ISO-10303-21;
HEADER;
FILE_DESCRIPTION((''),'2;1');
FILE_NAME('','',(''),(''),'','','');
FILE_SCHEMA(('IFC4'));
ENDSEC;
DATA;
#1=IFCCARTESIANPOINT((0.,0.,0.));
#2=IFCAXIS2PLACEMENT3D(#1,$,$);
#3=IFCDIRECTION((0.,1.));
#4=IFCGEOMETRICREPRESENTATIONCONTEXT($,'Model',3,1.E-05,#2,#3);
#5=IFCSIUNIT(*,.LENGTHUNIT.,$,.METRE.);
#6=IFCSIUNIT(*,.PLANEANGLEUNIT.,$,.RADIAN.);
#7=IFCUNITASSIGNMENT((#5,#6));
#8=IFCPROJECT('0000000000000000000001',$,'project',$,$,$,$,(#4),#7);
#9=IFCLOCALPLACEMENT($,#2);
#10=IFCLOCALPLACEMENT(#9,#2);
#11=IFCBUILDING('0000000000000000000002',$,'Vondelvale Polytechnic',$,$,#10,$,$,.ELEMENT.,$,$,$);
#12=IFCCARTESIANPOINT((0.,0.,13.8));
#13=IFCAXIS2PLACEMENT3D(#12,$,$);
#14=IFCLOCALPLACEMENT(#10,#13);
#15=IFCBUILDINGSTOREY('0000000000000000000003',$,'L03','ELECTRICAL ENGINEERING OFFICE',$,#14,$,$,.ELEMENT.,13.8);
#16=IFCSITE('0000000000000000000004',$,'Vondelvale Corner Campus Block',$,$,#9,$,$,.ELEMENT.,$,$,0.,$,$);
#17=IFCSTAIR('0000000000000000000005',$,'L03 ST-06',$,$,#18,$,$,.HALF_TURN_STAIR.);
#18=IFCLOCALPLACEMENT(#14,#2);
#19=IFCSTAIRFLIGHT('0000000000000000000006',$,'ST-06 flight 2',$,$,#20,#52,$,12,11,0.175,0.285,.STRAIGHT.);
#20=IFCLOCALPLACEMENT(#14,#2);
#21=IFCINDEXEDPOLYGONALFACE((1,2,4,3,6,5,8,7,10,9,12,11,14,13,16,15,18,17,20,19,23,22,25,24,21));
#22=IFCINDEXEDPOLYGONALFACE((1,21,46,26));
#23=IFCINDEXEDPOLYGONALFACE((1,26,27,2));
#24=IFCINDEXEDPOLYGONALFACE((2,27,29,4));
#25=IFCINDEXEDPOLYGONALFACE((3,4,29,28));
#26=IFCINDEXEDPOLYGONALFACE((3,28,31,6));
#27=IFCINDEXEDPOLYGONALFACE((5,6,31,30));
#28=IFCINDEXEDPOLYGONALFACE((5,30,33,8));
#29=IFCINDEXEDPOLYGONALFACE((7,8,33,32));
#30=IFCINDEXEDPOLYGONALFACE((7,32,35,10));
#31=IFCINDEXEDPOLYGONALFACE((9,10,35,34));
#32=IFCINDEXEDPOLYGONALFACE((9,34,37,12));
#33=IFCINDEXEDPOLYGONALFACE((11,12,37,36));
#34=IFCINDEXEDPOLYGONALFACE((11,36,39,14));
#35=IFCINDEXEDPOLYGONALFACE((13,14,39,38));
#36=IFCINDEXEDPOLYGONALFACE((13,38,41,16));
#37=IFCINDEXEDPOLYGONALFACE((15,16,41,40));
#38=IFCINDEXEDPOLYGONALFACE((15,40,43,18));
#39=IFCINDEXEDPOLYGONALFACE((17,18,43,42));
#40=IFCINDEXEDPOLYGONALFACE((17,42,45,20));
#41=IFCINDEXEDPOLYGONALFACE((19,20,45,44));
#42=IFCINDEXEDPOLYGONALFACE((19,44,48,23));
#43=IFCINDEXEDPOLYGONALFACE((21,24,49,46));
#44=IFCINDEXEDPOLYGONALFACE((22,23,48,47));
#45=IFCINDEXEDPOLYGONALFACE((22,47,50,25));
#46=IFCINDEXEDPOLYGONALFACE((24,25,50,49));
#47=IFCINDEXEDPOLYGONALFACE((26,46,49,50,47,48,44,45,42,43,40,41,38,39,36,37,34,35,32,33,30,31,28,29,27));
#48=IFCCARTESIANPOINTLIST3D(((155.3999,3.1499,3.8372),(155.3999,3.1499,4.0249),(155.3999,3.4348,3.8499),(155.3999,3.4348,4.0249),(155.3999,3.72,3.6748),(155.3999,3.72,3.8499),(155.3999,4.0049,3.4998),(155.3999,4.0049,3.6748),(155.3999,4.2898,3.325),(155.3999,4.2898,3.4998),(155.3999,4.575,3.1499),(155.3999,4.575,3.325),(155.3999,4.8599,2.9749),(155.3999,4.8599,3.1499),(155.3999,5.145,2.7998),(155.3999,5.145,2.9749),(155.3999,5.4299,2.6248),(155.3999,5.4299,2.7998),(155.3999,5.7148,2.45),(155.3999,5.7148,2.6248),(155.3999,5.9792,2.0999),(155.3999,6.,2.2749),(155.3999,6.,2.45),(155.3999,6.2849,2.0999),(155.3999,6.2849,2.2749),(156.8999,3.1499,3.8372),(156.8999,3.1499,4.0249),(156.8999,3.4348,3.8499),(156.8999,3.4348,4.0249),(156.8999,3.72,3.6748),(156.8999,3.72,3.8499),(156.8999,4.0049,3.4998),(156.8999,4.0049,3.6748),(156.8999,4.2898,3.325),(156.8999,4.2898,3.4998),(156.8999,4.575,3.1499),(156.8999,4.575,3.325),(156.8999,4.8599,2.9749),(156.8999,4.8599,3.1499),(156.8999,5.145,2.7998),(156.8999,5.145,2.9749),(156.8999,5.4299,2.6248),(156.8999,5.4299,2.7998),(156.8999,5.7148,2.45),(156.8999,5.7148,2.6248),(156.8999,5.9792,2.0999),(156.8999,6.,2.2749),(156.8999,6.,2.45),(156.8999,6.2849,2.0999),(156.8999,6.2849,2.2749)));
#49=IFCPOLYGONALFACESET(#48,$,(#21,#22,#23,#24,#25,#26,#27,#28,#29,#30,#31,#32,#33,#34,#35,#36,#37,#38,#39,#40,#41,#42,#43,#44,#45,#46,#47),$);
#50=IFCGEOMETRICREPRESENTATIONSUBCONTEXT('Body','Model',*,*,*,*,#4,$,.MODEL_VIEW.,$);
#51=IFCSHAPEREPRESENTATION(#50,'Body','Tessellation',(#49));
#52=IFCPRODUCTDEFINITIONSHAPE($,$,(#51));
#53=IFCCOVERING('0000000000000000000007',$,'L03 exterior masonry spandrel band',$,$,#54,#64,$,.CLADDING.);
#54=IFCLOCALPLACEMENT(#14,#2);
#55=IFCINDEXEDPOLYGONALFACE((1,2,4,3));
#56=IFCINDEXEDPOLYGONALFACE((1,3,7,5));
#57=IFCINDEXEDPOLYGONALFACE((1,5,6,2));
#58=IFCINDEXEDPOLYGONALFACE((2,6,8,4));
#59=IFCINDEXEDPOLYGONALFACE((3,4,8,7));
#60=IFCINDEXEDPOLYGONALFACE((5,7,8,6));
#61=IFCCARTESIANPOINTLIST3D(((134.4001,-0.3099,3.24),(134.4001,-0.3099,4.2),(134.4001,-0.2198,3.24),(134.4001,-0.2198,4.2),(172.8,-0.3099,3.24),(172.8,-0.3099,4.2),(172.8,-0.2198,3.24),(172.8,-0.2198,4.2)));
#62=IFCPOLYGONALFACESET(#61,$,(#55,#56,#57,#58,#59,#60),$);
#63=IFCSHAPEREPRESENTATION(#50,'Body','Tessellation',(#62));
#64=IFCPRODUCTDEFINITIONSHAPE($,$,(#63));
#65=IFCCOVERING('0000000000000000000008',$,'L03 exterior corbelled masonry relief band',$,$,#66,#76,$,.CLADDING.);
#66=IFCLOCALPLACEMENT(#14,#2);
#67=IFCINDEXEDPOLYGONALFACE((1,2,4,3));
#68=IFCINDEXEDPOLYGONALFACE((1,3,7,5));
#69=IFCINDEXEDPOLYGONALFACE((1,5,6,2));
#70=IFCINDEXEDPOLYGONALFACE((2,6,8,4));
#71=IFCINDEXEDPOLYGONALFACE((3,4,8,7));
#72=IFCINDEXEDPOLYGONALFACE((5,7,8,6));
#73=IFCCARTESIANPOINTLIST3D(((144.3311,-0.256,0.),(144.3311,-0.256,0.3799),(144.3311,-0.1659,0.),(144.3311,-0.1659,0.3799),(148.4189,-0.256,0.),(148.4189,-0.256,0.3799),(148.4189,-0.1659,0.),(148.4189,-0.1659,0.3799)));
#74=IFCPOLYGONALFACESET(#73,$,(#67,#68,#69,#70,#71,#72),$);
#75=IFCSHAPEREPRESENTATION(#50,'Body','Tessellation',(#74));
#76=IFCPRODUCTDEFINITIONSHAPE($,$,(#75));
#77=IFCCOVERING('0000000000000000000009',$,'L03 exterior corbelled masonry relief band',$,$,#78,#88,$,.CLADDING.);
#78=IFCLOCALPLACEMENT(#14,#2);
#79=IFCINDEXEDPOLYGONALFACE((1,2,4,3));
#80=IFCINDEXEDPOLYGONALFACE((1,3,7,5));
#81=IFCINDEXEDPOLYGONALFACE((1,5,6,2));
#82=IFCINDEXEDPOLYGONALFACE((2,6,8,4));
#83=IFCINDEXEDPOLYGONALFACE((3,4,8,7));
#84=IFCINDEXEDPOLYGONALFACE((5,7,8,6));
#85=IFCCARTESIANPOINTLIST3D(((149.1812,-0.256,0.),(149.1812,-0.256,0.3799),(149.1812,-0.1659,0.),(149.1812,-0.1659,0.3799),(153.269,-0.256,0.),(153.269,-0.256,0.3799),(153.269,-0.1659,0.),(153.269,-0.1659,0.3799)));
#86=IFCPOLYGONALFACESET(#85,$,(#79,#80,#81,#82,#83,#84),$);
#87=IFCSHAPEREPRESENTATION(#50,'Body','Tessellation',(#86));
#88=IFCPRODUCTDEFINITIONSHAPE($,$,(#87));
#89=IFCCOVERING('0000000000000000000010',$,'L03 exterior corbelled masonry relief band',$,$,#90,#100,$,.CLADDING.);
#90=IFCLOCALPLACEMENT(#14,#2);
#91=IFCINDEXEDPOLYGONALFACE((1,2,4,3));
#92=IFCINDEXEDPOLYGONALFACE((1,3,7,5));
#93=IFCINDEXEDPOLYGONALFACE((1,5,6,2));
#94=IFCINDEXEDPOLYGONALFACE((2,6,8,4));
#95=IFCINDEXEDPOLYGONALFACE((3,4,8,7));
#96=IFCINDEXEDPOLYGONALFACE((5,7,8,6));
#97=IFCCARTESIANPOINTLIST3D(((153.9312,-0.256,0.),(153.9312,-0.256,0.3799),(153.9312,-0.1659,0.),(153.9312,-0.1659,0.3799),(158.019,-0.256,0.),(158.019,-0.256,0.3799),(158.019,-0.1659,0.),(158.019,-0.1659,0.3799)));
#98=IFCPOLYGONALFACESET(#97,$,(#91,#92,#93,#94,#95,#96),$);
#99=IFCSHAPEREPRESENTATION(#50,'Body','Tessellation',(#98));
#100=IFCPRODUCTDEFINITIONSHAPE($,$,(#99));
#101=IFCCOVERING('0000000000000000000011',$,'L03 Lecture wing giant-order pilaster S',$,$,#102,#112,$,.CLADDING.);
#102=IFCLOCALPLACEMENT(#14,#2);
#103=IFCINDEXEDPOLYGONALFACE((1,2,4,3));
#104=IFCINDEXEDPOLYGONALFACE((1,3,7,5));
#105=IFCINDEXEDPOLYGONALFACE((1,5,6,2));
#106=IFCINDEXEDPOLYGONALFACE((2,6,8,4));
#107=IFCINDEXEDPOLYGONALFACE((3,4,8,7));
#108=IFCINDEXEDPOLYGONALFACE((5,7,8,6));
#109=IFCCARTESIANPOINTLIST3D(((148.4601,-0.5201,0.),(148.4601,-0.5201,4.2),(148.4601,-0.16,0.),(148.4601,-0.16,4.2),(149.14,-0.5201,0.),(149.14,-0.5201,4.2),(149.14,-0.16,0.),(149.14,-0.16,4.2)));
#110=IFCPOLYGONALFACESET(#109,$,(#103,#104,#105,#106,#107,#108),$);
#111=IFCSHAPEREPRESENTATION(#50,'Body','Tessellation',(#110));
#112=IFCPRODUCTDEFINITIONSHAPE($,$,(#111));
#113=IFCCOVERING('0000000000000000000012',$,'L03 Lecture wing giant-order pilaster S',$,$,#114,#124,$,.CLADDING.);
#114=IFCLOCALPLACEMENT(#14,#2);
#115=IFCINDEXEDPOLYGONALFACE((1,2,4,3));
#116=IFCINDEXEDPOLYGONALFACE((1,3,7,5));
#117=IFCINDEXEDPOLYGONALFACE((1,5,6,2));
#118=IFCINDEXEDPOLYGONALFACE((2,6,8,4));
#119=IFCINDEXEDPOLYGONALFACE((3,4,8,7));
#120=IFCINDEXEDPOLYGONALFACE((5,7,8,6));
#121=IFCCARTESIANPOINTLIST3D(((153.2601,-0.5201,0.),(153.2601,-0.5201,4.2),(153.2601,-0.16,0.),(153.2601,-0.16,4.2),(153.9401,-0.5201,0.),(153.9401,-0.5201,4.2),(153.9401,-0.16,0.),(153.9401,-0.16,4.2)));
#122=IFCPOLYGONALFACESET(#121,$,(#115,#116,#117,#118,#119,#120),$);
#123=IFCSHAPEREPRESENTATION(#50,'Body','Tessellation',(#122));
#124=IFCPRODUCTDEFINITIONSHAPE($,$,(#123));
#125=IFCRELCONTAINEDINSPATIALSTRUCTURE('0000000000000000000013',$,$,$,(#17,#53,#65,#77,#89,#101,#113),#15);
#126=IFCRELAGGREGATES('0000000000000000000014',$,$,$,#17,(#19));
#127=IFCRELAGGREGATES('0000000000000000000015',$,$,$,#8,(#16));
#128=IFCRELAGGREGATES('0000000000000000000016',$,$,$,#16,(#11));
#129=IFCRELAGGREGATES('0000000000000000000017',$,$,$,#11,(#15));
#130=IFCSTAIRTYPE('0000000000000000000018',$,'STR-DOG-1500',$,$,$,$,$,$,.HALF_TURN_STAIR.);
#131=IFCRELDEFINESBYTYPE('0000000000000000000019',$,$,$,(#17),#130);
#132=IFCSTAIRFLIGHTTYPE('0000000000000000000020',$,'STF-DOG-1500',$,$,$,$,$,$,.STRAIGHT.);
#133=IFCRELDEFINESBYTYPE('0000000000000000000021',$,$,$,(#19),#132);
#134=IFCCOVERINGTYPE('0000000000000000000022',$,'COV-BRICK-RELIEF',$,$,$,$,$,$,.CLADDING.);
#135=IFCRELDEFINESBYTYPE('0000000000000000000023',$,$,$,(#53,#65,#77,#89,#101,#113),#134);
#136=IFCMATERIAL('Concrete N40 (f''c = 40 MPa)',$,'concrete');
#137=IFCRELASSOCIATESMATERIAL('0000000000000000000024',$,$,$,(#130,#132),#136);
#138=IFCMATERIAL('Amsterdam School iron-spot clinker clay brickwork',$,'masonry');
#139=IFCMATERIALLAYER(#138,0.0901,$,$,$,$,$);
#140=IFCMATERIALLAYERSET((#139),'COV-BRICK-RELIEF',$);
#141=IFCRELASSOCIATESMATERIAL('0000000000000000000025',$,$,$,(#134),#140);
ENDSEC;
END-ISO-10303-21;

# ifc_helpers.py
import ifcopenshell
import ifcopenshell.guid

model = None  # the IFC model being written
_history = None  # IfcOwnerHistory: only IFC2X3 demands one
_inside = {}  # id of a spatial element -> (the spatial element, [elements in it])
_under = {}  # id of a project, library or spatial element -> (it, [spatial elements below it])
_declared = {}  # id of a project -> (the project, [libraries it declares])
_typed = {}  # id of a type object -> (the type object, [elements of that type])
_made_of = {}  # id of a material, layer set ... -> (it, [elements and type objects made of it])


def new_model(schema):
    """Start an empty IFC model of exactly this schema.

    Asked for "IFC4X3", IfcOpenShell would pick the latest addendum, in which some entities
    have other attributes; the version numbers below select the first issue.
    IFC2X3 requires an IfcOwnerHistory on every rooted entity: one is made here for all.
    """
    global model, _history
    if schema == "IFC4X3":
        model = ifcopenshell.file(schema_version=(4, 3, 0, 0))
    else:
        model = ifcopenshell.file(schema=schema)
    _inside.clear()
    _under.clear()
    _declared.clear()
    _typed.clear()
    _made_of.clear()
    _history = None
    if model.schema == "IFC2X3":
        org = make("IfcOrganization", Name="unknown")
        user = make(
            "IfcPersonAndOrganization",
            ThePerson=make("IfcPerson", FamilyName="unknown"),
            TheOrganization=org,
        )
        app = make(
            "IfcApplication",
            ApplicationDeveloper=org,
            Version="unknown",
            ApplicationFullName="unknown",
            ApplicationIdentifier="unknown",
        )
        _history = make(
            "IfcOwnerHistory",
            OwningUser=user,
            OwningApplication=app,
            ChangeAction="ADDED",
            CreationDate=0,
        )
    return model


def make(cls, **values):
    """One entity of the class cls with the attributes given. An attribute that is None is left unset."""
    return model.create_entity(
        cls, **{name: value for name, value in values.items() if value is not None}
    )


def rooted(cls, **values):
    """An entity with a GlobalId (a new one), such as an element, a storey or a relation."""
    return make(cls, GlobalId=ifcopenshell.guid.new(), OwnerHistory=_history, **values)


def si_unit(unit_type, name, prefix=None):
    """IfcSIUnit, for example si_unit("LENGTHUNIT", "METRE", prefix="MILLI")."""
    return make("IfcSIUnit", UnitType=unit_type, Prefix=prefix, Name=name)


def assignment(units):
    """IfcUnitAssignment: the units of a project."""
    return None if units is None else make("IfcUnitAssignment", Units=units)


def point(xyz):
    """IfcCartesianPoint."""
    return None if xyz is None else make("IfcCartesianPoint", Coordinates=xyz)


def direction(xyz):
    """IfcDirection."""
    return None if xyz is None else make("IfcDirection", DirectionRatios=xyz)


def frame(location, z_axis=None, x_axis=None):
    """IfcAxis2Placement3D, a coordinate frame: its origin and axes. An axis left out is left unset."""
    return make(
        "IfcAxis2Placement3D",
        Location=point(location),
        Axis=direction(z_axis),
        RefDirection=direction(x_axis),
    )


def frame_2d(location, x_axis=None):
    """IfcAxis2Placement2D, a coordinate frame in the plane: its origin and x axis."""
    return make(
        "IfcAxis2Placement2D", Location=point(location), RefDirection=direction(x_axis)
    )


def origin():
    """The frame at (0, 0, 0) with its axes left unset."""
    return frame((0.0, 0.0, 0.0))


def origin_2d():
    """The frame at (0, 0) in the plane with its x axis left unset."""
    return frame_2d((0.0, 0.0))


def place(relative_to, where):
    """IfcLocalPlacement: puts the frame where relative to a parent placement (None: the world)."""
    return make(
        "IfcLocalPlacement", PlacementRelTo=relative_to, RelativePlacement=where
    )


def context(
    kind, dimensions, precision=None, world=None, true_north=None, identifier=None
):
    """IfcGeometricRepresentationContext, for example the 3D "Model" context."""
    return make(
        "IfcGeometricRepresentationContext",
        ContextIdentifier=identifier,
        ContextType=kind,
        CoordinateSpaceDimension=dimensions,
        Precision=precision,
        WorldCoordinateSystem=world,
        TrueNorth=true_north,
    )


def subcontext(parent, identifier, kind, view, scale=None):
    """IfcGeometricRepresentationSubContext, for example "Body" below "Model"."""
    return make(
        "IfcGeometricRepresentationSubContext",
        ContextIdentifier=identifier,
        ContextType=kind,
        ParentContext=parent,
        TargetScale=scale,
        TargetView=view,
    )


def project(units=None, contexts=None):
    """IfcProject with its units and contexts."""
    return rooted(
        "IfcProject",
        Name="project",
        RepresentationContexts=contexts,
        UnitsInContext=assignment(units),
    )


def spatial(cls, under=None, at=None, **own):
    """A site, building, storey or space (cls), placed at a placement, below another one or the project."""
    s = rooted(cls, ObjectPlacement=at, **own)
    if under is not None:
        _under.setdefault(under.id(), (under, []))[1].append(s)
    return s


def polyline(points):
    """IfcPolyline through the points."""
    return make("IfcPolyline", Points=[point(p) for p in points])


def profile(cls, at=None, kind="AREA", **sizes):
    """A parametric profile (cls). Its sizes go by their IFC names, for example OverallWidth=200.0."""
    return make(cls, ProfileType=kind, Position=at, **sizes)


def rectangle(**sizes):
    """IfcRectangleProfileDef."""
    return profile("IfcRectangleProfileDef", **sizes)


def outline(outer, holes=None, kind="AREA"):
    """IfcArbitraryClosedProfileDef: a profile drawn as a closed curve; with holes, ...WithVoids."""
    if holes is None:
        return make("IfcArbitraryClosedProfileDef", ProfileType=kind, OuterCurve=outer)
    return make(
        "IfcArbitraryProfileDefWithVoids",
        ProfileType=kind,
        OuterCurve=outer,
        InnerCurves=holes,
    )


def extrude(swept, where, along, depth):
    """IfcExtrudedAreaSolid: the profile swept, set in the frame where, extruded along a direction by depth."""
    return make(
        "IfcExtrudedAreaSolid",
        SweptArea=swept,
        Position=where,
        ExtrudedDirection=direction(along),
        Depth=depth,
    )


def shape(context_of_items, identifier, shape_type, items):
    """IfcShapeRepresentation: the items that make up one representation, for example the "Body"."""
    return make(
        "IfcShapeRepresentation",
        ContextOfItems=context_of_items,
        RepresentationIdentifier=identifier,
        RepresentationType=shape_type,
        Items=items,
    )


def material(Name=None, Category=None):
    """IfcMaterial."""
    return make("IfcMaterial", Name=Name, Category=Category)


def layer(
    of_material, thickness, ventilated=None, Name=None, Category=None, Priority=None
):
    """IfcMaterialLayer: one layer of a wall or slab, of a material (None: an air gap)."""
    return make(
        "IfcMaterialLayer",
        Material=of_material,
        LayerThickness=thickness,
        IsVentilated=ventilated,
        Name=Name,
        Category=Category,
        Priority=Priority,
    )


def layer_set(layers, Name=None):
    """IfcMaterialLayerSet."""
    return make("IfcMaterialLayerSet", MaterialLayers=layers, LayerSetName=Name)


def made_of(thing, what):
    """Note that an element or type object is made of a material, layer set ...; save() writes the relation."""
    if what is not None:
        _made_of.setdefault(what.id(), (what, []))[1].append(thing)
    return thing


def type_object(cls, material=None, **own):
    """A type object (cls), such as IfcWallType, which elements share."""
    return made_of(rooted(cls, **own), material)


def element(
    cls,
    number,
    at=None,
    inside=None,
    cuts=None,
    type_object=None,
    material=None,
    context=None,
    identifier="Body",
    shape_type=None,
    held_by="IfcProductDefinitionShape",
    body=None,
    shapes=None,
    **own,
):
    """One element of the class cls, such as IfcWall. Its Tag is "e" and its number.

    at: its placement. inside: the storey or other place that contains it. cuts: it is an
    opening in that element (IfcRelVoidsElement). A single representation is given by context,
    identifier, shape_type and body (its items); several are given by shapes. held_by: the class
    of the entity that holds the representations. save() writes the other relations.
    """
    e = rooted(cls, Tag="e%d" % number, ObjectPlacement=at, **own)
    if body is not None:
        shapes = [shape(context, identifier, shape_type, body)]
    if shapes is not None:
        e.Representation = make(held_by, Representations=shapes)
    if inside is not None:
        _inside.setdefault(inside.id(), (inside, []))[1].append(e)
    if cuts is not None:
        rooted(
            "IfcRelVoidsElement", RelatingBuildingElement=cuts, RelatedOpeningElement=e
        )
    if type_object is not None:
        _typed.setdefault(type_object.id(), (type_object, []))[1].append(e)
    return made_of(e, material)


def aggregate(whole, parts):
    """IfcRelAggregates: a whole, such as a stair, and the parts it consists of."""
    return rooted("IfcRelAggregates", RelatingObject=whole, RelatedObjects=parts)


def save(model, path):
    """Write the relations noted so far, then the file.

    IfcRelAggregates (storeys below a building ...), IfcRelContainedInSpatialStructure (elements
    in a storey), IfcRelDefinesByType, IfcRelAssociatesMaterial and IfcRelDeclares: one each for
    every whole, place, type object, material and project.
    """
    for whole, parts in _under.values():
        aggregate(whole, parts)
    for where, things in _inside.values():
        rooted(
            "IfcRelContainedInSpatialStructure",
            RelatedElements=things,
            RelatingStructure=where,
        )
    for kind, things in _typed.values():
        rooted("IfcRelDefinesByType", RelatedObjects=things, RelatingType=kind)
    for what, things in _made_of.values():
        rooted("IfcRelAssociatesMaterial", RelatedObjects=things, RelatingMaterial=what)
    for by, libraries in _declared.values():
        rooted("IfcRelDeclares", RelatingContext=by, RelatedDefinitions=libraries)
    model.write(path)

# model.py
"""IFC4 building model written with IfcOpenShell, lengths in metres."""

from ifc_helpers import new_model, si_unit, direction, frame, origin, origin_2d, place, context, subcontext, project, spatial, polyline, rectangle, outline, extrude, material, layer, layer_set, type_object, element, aggregate, save


model = new_model("IFC4")

# Units and contexts
model_context = context("Model", 3, precision=1e-05, world=origin(), true_north=direction((0.0, 1.0)))
body_context = subcontext(model_context, "Body", "Model", "MODEL_VIEW")
ifc_project = project(units=[si_unit("LENGTHUNIT", "METRE"), si_unit("PLANEANGLEUNIT", "RADIAN")], contexts=[model_context])

# Site, building, storey
site_placement = place(None, origin())
site = spatial("IfcSite", under=ifc_project, at=site_placement, Name="Vondelvale Corner Campus Block", CompositionType="ELEMENT", RefElevation=0.0)
building_placement = place(site_placement, origin())
building = spatial("IfcBuilding", under=site, at=building_placement, Name="Vondelvale Polytechnic", CompositionType="ELEMENT")
storey_placement = place(building_placement, frame((0.0, 0.0, 13.8)))
storey = spatial("IfcBuildingStorey", under=building, at=storey_placement, Name="L03", Description="ELECTRICAL ENGINEERING OFFICE", CompositionType="ELEMENT", Elevation=13.8)

# Shared definitions
ifc_material_1 = material(Name="Concrete N40 (f'c = 40 MPa)", Category="concrete")

# Shared definitions
ifc_material_2 = material(Name="Amsterdam School iron-spot clinker clay brickwork", Category="masonry")

# Stair, stair flight
stair_type = type_object("IfcStairType", Name="STR-DOG-1500", PredefinedType="HALF_TURN_STAIR", material=ifc_material_1)
stair_placement = place(storey_placement, origin())
stair = element("IfcStair", 1, at=stair_placement, inside=storey, type_object=stair_type, Name="L03 ST-06", PredefinedType="HALF_TURN_STAIR")
stair_flight_type = type_object("IfcStairFlightType", Name="STF-DOG-1500", PredefinedType="STRAIGHT", material=ifc_material_1)
stair_flight_placement = place(storey_placement, frame((156.1499, 6.2849, 2.0999), z_axis=(0.0, 0.0, 1.0), x_axis=(0.0, -1.0, 0.0)))
stair_flight = element("IfcStairFlight", 2, at=stair_flight_placement, type_object=stair_flight_type, Name="ST-06 flight 2", NumberOfRisers=12, NumberOfTreads=11, PredefinedType="STRAIGHT", RiserHeight=0.175, TreadLength=0.285, context=body_context, shape_type="SweptSolid", body=[
    extrude(outline(polyline([(0.0, 0.0), (0.0, 0.175), (0.2849, 0.175), (0.2849, 0.3501), (0.5701, 0.3501), (0.5701, 0.5249), (0.855, 0.5249), (0.855, 0.7), (1.1399, 0.7), (1.1399, 0.875), (1.425, 0.875), (1.425, 1.05), (1.71, 1.05), (1.71, 1.2251), (1.9951, 1.2251), (1.9951, 1.3999), (2.28, 1.3999), (2.28, 1.575), (2.5649, 1.575), (2.5649, 1.75), (2.8501, 1.75), (2.8501, 1.925), (3.135, 1.925), (3.135, 2.1001), (3.135, 1.7373), (0.3057, 0.0), (0.0, 0.0)])), frame((0.0, 0.75, 0.0), z_axis=(0.0, -1.0, 0.0), x_axis=(1.0, 0.0, 0.0)), (0.0, 0.0, 1.0), 1.5),
])
aggregate(stair, [stair_flight])

# Coverings
ifc_layer_1 = layer(ifc_material_2, 0.0901)
ifc_layer_set_1 = layer_set([ifc_layer_1], Name="COV-BRICK-RELIEF")
covering_type = type_object("IfcCoveringType", Name="COV-BRICK-RELIEF", PredefinedType="CLADDING", material=ifc_layer_set_1)
covering_placement = place(storey_placement, frame((153.6001, -0.2649, 3.24), z_axis=(0.0, 0.0, 1.0), x_axis=(1.0, 0.0, 0.0)))
element("IfcCovering", 3, at=covering_placement, inside=storey, type_object=covering_type, Name="L03 exterior masonry spandrel band", PredefinedType="CLADDING", context=body_context, shape_type="SweptSolid", body=[
    extrude(rectangle(XDim=38.3999, YDim=0.0901, at=origin_2d()), origin(), (0.0, 0.0, 1.0), 0.96),
])
for number, where, z_axis, x_axis, name in (
    (4, (146.375, -0.2109, 0.0), (0.0, 0.0, 1.0), (-1.0, 0.0, 0.0), "L03 exterior corbelled masonry relief band"),
    (5, (151.2251, -0.2109, 0.0), (0.0, 0.0, 1.0), (-1.0, 0.0, 0.0), "L03 exterior corbelled masonry relief band"),
    (6, (155.9751, -0.2109, 0.0), (0.0, 0.0, 1.0), (-1.0, 0.0, 0.0), "L03 exterior corbelled masonry relief band"),
):
    element("IfcCovering", number, at=place(storey_placement, frame(where, z_axis=z_axis, x_axis=x_axis)), inside=storey, type_object=covering_type, Name=name, PredefinedType="CLADDING", context=body_context, shape_type="SweptSolid", body=[
        extrude(rectangle(XDim=4.0879, YDim=0.0901, at=origin_2d()), origin(), (0.0, 0.0, 1.0), 0.3799),
    ])
for number, where, z_axis, x_axis, name in (
    (7, (148.8, -0.3401, 0.0), (0.0, 0.0, 1.0), (1.0, 0.0, 0.0), "L03 Lecture wing giant-order pilaster S"),
    (8, (153.6001, -0.3401, 0.0), (0.0, 0.0, 1.0), (1.0, 0.0, 0.0), "L03 Lecture wing giant-order pilaster S"),
):
    element("IfcCovering", number, at=place(storey_placement, frame(where, z_axis=z_axis, x_axis=x_axis)), inside=storey, type_object=covering_type, Name=name, PredefinedType="CLADDING", context=body_context, shape_type="SweptSolid", body=[
        extrude(rectangle(XDim=0.6799, YDim=0.3601, at=origin_2d()), origin(), (0.0, 0.0, 1.0), 4.2),
    ])

save(model, "model.ifc")
